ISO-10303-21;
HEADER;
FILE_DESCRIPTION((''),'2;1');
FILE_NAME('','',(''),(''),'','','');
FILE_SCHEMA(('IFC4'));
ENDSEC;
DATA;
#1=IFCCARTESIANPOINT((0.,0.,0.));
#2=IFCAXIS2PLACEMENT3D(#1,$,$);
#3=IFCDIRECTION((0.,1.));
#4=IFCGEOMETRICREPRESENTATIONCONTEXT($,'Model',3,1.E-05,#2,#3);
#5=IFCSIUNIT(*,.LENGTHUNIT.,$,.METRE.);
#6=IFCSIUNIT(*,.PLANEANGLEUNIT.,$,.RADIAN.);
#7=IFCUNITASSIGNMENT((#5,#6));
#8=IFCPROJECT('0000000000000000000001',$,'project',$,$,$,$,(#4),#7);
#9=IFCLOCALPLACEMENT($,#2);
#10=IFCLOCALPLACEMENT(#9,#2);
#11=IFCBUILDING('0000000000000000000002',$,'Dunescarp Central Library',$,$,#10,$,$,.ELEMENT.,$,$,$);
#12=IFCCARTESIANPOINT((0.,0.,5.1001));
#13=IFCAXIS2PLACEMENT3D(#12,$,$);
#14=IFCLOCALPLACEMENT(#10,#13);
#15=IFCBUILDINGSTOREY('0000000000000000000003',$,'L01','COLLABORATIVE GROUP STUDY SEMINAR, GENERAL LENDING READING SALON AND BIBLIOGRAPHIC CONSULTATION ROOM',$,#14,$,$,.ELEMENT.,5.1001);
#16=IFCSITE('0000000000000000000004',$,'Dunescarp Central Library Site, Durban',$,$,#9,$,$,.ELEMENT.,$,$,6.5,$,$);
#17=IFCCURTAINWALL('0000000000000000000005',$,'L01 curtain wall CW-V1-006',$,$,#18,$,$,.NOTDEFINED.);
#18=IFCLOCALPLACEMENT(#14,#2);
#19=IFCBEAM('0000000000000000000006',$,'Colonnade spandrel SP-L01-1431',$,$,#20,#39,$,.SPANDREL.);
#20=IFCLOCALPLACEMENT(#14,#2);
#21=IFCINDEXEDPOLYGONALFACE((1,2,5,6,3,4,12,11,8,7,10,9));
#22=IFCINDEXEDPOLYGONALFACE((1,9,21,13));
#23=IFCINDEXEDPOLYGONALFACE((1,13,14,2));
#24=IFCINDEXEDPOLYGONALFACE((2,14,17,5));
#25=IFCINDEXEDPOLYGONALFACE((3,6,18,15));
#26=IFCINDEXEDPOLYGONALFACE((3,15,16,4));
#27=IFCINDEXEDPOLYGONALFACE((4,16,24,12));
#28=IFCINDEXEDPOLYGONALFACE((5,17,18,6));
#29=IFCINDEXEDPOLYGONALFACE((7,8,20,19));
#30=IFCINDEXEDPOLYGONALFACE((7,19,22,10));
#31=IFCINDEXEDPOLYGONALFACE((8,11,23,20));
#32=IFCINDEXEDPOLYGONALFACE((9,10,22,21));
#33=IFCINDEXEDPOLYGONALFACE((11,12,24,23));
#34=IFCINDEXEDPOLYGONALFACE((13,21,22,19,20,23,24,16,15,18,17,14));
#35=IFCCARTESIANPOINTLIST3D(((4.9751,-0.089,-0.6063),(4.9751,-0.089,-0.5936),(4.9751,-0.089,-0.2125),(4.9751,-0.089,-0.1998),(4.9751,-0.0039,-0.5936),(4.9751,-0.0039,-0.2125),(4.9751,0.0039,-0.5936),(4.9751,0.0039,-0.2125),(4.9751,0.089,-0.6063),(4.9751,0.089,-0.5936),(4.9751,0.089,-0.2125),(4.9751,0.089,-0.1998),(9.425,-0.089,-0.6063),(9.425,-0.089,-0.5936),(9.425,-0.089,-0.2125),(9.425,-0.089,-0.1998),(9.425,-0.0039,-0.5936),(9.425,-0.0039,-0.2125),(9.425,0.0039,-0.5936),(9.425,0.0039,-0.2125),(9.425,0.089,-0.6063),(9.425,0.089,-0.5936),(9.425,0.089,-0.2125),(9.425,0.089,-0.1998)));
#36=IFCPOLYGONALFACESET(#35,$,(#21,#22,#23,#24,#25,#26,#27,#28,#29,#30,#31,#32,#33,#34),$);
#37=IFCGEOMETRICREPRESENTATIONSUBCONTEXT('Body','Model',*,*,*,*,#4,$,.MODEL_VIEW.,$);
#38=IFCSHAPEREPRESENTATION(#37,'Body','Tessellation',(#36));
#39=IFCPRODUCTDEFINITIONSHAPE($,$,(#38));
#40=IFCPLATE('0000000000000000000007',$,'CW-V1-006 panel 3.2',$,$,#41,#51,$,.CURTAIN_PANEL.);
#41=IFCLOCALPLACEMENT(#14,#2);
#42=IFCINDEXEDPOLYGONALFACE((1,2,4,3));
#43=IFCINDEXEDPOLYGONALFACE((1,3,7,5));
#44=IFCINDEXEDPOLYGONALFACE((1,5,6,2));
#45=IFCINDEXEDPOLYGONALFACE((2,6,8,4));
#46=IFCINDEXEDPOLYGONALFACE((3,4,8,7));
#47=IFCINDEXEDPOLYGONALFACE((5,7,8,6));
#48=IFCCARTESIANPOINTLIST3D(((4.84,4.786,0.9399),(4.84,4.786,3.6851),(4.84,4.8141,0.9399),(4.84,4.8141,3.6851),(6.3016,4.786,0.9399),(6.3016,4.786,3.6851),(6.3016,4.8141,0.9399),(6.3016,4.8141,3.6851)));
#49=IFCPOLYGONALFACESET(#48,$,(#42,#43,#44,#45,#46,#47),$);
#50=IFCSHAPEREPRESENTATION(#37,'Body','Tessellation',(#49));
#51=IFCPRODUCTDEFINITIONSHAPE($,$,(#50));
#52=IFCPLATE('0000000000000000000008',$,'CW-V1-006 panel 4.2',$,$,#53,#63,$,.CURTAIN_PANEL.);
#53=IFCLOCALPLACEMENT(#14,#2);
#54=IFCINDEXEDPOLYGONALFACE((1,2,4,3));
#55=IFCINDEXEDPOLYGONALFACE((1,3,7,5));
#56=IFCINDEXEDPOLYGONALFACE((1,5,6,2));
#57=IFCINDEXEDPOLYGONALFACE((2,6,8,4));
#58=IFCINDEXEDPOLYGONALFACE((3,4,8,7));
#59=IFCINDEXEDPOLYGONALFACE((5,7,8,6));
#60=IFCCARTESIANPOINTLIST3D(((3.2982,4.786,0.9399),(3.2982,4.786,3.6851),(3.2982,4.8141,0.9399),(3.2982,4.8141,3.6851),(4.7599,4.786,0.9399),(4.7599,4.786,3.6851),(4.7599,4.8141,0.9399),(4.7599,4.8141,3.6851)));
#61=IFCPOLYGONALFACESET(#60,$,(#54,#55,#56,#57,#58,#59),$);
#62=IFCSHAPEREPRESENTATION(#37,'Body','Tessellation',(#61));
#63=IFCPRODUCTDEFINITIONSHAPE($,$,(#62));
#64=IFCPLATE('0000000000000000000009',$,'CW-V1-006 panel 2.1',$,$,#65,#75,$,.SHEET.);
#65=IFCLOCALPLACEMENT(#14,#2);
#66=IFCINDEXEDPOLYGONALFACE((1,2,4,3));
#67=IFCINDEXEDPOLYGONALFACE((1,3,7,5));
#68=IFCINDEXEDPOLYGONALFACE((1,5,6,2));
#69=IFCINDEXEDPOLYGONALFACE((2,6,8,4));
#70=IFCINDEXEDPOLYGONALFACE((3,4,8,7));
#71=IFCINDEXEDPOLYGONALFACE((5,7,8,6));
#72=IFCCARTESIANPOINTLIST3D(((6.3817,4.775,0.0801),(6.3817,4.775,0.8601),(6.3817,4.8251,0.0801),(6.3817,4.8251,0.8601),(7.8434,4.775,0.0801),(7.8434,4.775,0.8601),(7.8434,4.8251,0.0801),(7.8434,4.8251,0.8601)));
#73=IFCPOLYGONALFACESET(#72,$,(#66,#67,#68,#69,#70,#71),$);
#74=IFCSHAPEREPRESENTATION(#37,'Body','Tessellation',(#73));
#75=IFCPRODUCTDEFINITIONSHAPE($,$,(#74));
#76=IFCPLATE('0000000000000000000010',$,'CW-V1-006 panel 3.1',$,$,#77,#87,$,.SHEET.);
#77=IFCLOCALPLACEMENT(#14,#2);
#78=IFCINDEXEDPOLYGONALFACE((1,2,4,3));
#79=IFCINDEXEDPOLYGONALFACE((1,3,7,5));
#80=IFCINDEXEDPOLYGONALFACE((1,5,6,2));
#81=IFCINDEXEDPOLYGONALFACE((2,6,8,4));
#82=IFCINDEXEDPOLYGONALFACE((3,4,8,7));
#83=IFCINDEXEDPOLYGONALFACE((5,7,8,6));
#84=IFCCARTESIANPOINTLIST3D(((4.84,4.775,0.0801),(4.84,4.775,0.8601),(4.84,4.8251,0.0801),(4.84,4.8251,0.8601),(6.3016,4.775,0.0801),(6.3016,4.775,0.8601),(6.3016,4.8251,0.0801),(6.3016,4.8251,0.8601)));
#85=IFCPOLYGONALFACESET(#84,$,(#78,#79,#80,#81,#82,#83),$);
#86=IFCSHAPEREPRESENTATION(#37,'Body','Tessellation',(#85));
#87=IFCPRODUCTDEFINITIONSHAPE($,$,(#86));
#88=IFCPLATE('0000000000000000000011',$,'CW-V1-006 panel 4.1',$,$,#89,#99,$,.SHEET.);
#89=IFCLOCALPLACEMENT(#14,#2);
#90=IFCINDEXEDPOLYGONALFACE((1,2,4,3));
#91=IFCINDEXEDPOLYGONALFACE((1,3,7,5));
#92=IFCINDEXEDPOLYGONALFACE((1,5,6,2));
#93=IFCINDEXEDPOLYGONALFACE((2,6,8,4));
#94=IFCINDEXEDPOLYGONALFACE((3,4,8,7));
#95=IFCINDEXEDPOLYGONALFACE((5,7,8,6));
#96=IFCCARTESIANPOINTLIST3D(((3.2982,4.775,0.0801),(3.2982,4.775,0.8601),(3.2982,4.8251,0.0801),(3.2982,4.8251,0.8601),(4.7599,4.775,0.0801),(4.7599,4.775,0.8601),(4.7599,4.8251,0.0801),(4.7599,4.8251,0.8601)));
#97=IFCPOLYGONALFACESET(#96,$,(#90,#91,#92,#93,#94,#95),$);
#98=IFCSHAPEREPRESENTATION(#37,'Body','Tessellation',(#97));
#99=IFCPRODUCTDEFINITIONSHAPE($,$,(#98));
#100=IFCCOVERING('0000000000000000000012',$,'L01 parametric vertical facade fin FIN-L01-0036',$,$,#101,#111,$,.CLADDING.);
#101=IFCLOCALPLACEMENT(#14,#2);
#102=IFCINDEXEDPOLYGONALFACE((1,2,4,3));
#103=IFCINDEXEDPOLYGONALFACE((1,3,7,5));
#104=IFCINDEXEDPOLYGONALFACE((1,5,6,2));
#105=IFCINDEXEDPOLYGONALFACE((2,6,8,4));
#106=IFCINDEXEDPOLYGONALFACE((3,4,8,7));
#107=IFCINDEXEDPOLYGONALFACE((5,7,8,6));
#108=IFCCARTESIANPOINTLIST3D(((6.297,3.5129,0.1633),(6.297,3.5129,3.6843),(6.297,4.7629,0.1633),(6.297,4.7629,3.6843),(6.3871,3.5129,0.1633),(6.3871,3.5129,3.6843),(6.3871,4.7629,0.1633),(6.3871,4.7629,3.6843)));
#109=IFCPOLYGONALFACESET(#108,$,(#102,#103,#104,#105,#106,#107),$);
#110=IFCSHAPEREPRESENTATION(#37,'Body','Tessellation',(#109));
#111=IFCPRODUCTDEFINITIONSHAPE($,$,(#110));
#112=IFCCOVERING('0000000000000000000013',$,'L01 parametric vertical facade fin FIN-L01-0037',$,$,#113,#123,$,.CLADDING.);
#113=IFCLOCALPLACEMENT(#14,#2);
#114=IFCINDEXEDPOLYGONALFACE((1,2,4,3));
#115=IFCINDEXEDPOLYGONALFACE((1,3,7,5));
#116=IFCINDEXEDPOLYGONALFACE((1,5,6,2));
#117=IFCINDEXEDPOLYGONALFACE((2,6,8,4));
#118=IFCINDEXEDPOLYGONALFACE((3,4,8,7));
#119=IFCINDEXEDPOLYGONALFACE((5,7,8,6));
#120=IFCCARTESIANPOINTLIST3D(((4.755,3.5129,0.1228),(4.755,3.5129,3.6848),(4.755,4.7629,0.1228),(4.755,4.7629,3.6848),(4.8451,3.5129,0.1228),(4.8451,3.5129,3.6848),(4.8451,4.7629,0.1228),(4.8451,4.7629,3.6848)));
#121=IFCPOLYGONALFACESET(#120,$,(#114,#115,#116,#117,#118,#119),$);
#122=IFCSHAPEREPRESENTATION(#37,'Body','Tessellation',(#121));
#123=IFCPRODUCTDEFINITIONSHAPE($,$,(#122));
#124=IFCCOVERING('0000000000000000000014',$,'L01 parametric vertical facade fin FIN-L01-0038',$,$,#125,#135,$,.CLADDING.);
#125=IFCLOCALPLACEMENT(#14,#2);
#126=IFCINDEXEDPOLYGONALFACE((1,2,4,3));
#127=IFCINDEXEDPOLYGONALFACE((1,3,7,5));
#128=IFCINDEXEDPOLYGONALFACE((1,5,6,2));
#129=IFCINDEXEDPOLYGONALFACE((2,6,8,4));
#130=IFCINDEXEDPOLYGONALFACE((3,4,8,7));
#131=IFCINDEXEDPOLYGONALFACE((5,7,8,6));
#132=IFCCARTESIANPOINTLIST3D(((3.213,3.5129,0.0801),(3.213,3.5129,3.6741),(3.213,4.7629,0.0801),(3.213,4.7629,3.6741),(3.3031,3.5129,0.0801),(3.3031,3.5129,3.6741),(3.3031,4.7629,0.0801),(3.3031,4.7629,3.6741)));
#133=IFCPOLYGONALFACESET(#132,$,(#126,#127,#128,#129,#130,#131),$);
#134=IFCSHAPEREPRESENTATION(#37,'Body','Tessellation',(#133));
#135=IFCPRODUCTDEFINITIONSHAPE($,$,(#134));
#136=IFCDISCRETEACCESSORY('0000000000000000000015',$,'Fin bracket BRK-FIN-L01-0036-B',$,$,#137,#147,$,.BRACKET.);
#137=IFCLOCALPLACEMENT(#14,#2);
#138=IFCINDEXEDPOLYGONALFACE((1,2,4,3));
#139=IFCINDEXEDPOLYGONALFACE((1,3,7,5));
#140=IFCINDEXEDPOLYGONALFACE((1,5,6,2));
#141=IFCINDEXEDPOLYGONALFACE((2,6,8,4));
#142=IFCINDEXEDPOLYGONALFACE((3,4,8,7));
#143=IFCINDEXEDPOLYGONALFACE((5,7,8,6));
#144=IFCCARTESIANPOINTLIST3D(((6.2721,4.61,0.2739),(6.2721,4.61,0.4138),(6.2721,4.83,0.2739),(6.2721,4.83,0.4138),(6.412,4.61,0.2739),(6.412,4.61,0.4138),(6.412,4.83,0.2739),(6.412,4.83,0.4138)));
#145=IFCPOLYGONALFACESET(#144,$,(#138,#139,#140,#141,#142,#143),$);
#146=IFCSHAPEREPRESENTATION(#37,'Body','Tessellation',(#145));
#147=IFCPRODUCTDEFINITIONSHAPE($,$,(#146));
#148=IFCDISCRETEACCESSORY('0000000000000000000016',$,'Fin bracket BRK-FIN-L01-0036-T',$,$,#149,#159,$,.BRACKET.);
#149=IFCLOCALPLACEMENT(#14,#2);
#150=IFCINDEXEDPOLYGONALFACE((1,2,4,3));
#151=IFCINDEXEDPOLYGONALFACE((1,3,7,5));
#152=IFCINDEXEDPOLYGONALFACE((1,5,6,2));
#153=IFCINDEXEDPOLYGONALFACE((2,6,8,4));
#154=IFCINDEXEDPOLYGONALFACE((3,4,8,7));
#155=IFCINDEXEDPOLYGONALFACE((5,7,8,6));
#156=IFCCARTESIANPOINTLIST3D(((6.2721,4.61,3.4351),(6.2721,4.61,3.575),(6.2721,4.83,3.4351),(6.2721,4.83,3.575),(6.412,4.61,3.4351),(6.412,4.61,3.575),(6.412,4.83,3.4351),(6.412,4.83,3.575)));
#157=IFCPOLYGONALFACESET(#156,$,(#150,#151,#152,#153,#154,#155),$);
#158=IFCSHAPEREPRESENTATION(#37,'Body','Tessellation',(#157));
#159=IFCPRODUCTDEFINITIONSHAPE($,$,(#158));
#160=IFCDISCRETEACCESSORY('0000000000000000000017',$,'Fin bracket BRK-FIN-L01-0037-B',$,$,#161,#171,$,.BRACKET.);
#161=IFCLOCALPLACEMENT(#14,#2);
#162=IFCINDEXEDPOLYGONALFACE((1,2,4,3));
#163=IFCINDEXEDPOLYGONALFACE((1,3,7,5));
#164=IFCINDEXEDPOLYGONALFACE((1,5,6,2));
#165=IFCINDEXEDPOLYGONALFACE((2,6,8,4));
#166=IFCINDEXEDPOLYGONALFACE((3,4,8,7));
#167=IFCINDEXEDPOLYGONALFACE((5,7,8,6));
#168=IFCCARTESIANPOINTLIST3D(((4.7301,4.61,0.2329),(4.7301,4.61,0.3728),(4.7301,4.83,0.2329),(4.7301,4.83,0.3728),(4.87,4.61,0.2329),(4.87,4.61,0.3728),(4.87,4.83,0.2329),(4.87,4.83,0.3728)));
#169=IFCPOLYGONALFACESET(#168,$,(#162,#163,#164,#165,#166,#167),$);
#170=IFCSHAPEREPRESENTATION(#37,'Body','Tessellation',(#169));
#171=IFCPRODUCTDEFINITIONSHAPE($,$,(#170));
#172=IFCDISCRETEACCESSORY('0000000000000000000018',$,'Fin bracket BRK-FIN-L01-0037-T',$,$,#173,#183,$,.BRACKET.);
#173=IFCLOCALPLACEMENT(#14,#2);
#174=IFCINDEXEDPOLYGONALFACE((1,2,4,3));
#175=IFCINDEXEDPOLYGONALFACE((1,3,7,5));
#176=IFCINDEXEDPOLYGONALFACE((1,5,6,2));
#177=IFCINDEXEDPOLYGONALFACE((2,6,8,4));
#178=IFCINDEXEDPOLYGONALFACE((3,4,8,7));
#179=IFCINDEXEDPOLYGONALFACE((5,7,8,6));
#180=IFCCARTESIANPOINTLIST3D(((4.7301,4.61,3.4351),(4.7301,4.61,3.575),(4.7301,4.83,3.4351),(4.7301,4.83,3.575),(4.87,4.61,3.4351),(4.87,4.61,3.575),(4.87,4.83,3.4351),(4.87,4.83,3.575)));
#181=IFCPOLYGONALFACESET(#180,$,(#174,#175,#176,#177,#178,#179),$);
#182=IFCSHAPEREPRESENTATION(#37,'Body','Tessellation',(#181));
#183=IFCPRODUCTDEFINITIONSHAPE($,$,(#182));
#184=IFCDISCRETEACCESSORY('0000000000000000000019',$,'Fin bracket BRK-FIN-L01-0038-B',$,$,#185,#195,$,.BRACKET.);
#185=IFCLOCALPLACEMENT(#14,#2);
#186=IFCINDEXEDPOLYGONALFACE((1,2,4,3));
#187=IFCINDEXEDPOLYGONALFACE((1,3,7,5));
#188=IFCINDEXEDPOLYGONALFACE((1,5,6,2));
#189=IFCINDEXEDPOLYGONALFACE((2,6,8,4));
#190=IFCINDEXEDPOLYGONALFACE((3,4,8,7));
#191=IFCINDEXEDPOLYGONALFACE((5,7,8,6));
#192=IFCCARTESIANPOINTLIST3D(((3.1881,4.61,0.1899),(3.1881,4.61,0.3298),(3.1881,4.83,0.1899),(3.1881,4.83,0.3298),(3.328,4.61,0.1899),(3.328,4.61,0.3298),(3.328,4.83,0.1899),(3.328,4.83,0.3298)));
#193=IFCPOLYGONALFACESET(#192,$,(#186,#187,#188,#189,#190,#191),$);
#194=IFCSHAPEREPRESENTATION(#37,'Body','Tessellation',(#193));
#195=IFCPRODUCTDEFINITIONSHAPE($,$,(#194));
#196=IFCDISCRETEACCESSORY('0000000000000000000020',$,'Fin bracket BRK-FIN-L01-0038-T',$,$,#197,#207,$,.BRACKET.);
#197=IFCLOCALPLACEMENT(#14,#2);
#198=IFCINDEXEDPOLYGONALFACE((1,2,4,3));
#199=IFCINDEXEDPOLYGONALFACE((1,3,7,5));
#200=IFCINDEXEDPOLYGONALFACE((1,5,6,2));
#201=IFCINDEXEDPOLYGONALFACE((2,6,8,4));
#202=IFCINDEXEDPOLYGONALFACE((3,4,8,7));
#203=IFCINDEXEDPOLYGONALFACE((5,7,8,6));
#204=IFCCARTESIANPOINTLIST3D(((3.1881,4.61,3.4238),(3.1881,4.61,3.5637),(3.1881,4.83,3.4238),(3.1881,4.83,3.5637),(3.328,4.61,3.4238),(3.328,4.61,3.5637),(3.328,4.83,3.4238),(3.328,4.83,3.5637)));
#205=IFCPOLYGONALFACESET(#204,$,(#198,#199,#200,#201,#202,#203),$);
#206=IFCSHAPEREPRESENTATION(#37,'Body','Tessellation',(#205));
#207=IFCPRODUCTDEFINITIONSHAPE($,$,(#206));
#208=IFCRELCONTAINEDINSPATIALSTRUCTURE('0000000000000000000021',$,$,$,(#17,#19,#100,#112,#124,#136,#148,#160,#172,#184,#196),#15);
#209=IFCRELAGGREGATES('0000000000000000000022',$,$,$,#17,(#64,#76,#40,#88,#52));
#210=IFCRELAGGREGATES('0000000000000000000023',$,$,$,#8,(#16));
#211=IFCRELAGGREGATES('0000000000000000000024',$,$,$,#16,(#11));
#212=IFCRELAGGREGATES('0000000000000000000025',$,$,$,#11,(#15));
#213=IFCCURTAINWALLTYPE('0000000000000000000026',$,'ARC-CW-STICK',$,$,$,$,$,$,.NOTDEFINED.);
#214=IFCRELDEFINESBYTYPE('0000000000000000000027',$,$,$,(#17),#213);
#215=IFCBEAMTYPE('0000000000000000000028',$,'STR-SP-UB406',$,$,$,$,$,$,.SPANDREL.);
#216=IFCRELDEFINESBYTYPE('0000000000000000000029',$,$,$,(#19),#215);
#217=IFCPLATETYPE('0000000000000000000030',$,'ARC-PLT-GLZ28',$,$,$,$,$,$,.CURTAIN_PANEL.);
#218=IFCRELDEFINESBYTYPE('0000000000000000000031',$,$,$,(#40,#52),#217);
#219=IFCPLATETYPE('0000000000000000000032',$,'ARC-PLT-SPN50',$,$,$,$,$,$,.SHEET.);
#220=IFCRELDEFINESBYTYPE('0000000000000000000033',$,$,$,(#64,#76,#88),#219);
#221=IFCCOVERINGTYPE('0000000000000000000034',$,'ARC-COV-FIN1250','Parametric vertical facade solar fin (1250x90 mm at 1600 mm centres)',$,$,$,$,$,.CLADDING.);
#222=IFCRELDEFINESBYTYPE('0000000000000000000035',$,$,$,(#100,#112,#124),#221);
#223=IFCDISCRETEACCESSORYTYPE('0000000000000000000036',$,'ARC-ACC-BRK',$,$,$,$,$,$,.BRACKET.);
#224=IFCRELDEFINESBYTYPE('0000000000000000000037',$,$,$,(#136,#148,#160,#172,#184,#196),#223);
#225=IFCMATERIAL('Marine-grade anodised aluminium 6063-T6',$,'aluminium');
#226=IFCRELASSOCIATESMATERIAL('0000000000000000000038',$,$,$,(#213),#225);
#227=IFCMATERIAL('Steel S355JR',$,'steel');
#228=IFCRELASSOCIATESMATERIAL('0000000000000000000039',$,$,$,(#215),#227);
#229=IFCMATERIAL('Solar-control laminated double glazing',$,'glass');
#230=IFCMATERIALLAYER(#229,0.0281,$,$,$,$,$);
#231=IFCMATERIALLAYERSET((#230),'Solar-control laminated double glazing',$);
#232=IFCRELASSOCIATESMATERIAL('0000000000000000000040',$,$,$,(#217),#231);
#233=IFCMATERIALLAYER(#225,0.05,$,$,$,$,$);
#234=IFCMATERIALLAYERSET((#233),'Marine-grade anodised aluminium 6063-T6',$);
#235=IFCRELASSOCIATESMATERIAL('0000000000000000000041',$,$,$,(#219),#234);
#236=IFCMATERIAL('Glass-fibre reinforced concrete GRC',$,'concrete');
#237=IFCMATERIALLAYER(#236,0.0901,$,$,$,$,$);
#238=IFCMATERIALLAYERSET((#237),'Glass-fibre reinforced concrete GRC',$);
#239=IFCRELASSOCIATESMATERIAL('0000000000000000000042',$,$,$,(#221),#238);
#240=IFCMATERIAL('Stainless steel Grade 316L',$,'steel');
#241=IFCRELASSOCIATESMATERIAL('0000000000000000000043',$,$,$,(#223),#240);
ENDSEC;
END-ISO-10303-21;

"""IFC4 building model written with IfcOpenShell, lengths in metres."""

from ifc_helpers import new_model, si_unit, direction, frame, origin, origin_2d, place, context, subcontext, project, spatial, rectangle, i_section, extrude, material, layer, layer_set, material_profile, profile_set, type_object, element, aggregate, save


model = new_model("IFC4")

# Units and contexts
model_context = context("Model", 3, precision=1e-05, world=origin(), true_north=direction((0.0, 1.0)))
body_context = subcontext(model_context, "Body", "Model", "MODEL_VIEW")
ifc_project = project(units=[si_unit("LENGTHUNIT", "METRE"), si_unit("PLANEANGLEUNIT", "RADIAN")], contexts=[model_context])

# Site, building, storey
site_placement = place(None, origin())
site = spatial("IfcSite", under=ifc_project, at=site_placement, Name="Dunescarp Central Library Site, Durban", CompositionType="ELEMENT", RefElevation=6.5)
building_placement = place(site_placement, origin())
building = spatial("IfcBuilding", under=site, at=building_placement, Name="Dunescarp Central Library", CompositionType="ELEMENT")
storey_placement = place(building_placement, frame((0.0, 0.0, 5.1001)))
storey = spatial("IfcBuildingStorey", under=building, at=storey_placement, Name="L01", Description="COLLABORATIVE GROUP STUDY SEMINAR, GENERAL LENDING READING SALON AND BIBLIOGRAPHIC CONSULTATION ROOM", CompositionType="ELEMENT", Elevation=5.1001)

# Shared definitions
ifc_material_1 = material(Name="Steel S355JR", Category="steel")

# Curtain wall
ifc_material_2 = material(Name="Marine-grade anodised aluminium 6063-T6", Category="aluminium")
curtain_wall_type = type_object("IfcCurtainWallType", Name="ARC-CW-STICK", PredefinedType="NOTDEFINED", material=ifc_material_2)
curtain_wall_placement = place(storey_placement, origin())
curtain_wall = element("IfcCurtainWall", 1, at=curtain_wall_placement, inside=storey, type_object=curtain_wall_type, Name="L01 curtain wall CW-V1-006", PredefinedType="NOTDEFINED")

# Beam
ifc_material_profile_1 = material_profile(ifc_material_1, i_section(OverallWidth=0.178, OverallDepth=0.4065, WebThickness=0.0078, FlangeThickness=0.0127, at=origin_2d()), Name="UB 406x178x60")
ifc_profile_set_1 = profile_set([ifc_material_profile_1], Name="Steel S355JR")
beam_type_1 = type_object("IfcBeamType", Name="STR-SP-UB406", PredefinedType="SPANDREL", material=ifc_profile_set_1)
beam_1_placement = place(storey_placement, frame((4.9751, 0.0, -0.4031), z_axis=(1.0, 0.0, 0.0), x_axis=(0.0, 1.0, 0.0)))
element("IfcBeam", 2, at=beam_1_placement, inside=storey, type_object=beam_type_1, Name="Colonnade spandrel SP-L01-1431", PredefinedType="SPANDREL", context=body_context, shape_type="SweptSolid", body=[
    extrude(i_section(OverallWidth=0.178, OverallDepth=0.4065, WebThickness=0.0078, FlangeThickness=0.0127, at=origin_2d()), origin(), (0.0, 0.0, 1.0), 4.45),
])

# Plates
ifc_material_3 = material(Name="Solar-control laminated double glazing", Category="glass")
ifc_layer_1 = layer(ifc_material_3, 0.0281)
ifc_layer_set_1 = layer_set([ifc_layer_1], Name="Solar-control laminated double glazing")
plate_type_1 = type_object("IfcPlateType", Name="ARC-PLT-GLZ28", PredefinedType="CURTAIN_PANEL", material=ifc_layer_set_1)
plate_1_placement = place(storey_placement, frame((5.5708, 4.8, 0.9399), z_axis=(0.0, 0.0, 1.0), x_axis=(-1.0, 0.0, 0.0)))
plate_1 = element("IfcPlate", 3, at=plate_1_placement, type_object=plate_type_1, Name="CW-V1-006 panel 3.2", PredefinedType="CURTAIN_PANEL", context=body_context, shape_type="SweptSolid", body=[
    extrude(rectangle(XDim=1.4617, YDim=0.0281, at=origin_2d()), origin(), (0.0, 0.0, 1.0), 2.7451),
])
plate_2_placement = place(storey_placement, frame((4.0291, 4.8, 0.9399), z_axis=(0.0, 0.0, 1.0), x_axis=(-1.0, 0.0, 0.0)))
plate_2 = element("IfcPlate", 4, at=plate_2_placement, type_object=plate_type_1, Name="CW-V1-006 panel 4.2", PredefinedType="CURTAIN_PANEL", context=body_context, shape_type="SweptSolid", body=[
    extrude(rectangle(XDim=1.4617, YDim=0.0281, at=origin_2d()), origin(), (0.0, 0.0, 1.0), 2.7451),
])
ifc_layer_2 = layer(ifc_material_2, 0.05)
ifc_layer_set_2 = layer_set([ifc_layer_2], Name="Marine-grade anodised aluminium 6063-T6")
plate_type_2 = type_object("IfcPlateType", Name="ARC-PLT-SPN50", PredefinedType="SHEET", material=ifc_layer_set_2)
plate_3_placement = place(storey_placement, frame((7.1125, 4.8, 0.0801), z_axis=(0.0, 0.0, 1.0), x_axis=(-1.0, 0.0, 0.0)))
plate_3 = element("IfcPlate", 5, at=plate_3_placement, type_object=plate_type_2, Name="CW-V1-006 panel 2.1", PredefinedType="SHEET", context=body_context, shape_type="SweptSolid", body=[
    extrude(rectangle(XDim=1.4617, YDim=0.05, at=origin_2d()), origin(), (0.0, 0.0, 1.0), 0.78),
])
plate_4_placement = place(storey_placement, frame((5.5708, 4.8, 0.0801), z_axis=(0.0, 0.0, 1.0), x_axis=(-1.0, 0.0, 0.0)))
plate_4 = element("IfcPlate", 6, at=plate_4_placement, type_object=plate_type_2, Name="CW-V1-006 panel 3.1", PredefinedType="SHEET", context=body_context, shape_type="SweptSolid", body=[
    extrude(rectangle(XDim=1.4617, YDim=0.05, at=origin_2d()), origin(), (0.0, 0.0, 1.0), 0.78),
])
plate_5_placement = place(storey_placement, frame((4.0291, 4.8, 0.0801), z_axis=(0.0, 0.0, 1.0), x_axis=(-1.0, 0.0, 0.0)))
plate_5 = element("IfcPlate", 7, at=plate_5_placement, type_object=plate_type_2, Name="CW-V1-006 panel 4.1", PredefinedType="SHEET", context=body_context, shape_type="SweptSolid", body=[
    extrude(rectangle(XDim=1.4617, YDim=0.05, at=origin_2d()), origin(), (0.0, 0.0, 1.0), 0.78),
])
aggregate(curtain_wall, [plate_3, plate_4, plate_1, plate_5, plate_2])

# Coverings
ifc_material_4 = material(Name="Glass-fibre reinforced concrete GRC", Category="concrete")
ifc_layer_3 = layer(ifc_material_4, 0.0901)
ifc_layer_set_3 = layer_set([ifc_layer_3], Name="Glass-fibre reinforced concrete GRC")
covering_type = type_object("IfcCoveringType", Name="ARC-COV-FIN1250", Description="Parametric vertical facade solar fin (1250x90 mm at 1600 mm centres)", PredefinedType="CLADDING", material=ifc_layer_set_3)
covering_1_placement = place(storey_placement, frame((6.342, 4.1379, 0.1633), z_axis=(0.0, 0.0, 1.0), x_axis=(0.0, -1.0, 0.0)))
element("IfcCovering", 8, at=covering_1_placement, inside=storey, type_object=covering_type, Name="L01 parametric vertical facade fin FIN-L01-0036", PredefinedType="CLADDING", context=body_context, shape_type="SweptSolid", body=[
    extrude(rectangle(XDim=1.25, YDim=0.0901, at=origin_2d()), origin(), (0.0, 0.0, 1.0), 3.521),
])
covering_2_placement = place(storey_placement, frame((4.8, 4.1379, 0.1228), z_axis=(0.0, 0.0, 1.0), x_axis=(0.0, -1.0, 0.0)))
element("IfcCovering", 9, at=covering_2_placement, inside=storey, type_object=covering_type, Name="L01 parametric vertical facade fin FIN-L01-0037", PredefinedType="CLADDING", context=body_context, shape_type="SweptSolid", body=[
    extrude(rectangle(XDim=1.25, YDim=0.0901, at=origin_2d()), origin(), (0.0, 0.0, 1.0), 3.562),
])
covering_3_placement = place(storey_placement, frame((3.2581, 4.1379, 0.0801), z_axis=(0.0, 0.0, 1.0), x_axis=(0.0, -1.0, 0.0)))
element("IfcCovering", 10, at=covering_3_placement, inside=storey, type_object=covering_type, Name="L01 parametric vertical facade fin FIN-L01-0038", PredefinedType="CLADDING", context=body_context, shape_type="SweptSolid", body=[
    extrude(rectangle(XDim=1.25, YDim=0.0901, at=origin_2d()), origin(), (0.0, 0.0, 1.0), 3.594),
])

# Discrete accessories
ifc_material_5 = material(Name="Stainless steel Grade 316L", Category="steel")
discrete_accessory_type = type_object("IfcDiscreteAccessoryType", Name="ARC-ACC-BRK", PredefinedType="BRACKET", material=ifc_material_5)
for number, where, z_axis, x_axis, name in (
    (11, (6.342, 4.72, 0.2739), (0.0, 0.0, 1.0), (0.0, -1.0, 0.0), "Fin bracket BRK-FIN-L01-0036-B"),
    (12, (6.342, 4.72, 3.4351), (0.0, 0.0, 1.0), (0.0, -1.0, 0.0), "Fin bracket BRK-FIN-L01-0036-T"),
    (13, (4.8, 4.72, 0.2329), (0.0, 0.0, 1.0), (0.0, -1.0, 0.0), "Fin bracket BRK-FIN-L01-0037-B"),
    (14, (4.8, 4.72, 3.4351), (0.0, 0.0, 1.0), (0.0, -1.0, 0.0), "Fin bracket BRK-FIN-L01-0037-T"),
    (15, (3.2581, 4.72, 0.1899), (0.0, 0.0, 1.0), (0.0, -1.0, 0.0), "Fin bracket BRK-FIN-L01-0038-B"),
    (16, (3.2581, 4.72, 3.4238), (0.0, 0.0, 1.0), (0.0, -1.0, 0.0), "Fin bracket BRK-FIN-L01-0038-T"),
):
    element("IfcDiscreteAccessory", number, at=place(storey_placement, frame(where, z_axis=z_axis, x_axis=x_axis)), inside=storey, type_object=discrete_accessory_type, Name=name, PredefinedType="BRACKET", context=body_context, shape_type="SweptSolid", body=[
        extrude(rectangle(XDim=0.22, YDim=0.1399, at=origin_2d()), origin(), (0.0, 0.0, 1.0), 0.1399),
    ])

save(model, "model.ifc")
